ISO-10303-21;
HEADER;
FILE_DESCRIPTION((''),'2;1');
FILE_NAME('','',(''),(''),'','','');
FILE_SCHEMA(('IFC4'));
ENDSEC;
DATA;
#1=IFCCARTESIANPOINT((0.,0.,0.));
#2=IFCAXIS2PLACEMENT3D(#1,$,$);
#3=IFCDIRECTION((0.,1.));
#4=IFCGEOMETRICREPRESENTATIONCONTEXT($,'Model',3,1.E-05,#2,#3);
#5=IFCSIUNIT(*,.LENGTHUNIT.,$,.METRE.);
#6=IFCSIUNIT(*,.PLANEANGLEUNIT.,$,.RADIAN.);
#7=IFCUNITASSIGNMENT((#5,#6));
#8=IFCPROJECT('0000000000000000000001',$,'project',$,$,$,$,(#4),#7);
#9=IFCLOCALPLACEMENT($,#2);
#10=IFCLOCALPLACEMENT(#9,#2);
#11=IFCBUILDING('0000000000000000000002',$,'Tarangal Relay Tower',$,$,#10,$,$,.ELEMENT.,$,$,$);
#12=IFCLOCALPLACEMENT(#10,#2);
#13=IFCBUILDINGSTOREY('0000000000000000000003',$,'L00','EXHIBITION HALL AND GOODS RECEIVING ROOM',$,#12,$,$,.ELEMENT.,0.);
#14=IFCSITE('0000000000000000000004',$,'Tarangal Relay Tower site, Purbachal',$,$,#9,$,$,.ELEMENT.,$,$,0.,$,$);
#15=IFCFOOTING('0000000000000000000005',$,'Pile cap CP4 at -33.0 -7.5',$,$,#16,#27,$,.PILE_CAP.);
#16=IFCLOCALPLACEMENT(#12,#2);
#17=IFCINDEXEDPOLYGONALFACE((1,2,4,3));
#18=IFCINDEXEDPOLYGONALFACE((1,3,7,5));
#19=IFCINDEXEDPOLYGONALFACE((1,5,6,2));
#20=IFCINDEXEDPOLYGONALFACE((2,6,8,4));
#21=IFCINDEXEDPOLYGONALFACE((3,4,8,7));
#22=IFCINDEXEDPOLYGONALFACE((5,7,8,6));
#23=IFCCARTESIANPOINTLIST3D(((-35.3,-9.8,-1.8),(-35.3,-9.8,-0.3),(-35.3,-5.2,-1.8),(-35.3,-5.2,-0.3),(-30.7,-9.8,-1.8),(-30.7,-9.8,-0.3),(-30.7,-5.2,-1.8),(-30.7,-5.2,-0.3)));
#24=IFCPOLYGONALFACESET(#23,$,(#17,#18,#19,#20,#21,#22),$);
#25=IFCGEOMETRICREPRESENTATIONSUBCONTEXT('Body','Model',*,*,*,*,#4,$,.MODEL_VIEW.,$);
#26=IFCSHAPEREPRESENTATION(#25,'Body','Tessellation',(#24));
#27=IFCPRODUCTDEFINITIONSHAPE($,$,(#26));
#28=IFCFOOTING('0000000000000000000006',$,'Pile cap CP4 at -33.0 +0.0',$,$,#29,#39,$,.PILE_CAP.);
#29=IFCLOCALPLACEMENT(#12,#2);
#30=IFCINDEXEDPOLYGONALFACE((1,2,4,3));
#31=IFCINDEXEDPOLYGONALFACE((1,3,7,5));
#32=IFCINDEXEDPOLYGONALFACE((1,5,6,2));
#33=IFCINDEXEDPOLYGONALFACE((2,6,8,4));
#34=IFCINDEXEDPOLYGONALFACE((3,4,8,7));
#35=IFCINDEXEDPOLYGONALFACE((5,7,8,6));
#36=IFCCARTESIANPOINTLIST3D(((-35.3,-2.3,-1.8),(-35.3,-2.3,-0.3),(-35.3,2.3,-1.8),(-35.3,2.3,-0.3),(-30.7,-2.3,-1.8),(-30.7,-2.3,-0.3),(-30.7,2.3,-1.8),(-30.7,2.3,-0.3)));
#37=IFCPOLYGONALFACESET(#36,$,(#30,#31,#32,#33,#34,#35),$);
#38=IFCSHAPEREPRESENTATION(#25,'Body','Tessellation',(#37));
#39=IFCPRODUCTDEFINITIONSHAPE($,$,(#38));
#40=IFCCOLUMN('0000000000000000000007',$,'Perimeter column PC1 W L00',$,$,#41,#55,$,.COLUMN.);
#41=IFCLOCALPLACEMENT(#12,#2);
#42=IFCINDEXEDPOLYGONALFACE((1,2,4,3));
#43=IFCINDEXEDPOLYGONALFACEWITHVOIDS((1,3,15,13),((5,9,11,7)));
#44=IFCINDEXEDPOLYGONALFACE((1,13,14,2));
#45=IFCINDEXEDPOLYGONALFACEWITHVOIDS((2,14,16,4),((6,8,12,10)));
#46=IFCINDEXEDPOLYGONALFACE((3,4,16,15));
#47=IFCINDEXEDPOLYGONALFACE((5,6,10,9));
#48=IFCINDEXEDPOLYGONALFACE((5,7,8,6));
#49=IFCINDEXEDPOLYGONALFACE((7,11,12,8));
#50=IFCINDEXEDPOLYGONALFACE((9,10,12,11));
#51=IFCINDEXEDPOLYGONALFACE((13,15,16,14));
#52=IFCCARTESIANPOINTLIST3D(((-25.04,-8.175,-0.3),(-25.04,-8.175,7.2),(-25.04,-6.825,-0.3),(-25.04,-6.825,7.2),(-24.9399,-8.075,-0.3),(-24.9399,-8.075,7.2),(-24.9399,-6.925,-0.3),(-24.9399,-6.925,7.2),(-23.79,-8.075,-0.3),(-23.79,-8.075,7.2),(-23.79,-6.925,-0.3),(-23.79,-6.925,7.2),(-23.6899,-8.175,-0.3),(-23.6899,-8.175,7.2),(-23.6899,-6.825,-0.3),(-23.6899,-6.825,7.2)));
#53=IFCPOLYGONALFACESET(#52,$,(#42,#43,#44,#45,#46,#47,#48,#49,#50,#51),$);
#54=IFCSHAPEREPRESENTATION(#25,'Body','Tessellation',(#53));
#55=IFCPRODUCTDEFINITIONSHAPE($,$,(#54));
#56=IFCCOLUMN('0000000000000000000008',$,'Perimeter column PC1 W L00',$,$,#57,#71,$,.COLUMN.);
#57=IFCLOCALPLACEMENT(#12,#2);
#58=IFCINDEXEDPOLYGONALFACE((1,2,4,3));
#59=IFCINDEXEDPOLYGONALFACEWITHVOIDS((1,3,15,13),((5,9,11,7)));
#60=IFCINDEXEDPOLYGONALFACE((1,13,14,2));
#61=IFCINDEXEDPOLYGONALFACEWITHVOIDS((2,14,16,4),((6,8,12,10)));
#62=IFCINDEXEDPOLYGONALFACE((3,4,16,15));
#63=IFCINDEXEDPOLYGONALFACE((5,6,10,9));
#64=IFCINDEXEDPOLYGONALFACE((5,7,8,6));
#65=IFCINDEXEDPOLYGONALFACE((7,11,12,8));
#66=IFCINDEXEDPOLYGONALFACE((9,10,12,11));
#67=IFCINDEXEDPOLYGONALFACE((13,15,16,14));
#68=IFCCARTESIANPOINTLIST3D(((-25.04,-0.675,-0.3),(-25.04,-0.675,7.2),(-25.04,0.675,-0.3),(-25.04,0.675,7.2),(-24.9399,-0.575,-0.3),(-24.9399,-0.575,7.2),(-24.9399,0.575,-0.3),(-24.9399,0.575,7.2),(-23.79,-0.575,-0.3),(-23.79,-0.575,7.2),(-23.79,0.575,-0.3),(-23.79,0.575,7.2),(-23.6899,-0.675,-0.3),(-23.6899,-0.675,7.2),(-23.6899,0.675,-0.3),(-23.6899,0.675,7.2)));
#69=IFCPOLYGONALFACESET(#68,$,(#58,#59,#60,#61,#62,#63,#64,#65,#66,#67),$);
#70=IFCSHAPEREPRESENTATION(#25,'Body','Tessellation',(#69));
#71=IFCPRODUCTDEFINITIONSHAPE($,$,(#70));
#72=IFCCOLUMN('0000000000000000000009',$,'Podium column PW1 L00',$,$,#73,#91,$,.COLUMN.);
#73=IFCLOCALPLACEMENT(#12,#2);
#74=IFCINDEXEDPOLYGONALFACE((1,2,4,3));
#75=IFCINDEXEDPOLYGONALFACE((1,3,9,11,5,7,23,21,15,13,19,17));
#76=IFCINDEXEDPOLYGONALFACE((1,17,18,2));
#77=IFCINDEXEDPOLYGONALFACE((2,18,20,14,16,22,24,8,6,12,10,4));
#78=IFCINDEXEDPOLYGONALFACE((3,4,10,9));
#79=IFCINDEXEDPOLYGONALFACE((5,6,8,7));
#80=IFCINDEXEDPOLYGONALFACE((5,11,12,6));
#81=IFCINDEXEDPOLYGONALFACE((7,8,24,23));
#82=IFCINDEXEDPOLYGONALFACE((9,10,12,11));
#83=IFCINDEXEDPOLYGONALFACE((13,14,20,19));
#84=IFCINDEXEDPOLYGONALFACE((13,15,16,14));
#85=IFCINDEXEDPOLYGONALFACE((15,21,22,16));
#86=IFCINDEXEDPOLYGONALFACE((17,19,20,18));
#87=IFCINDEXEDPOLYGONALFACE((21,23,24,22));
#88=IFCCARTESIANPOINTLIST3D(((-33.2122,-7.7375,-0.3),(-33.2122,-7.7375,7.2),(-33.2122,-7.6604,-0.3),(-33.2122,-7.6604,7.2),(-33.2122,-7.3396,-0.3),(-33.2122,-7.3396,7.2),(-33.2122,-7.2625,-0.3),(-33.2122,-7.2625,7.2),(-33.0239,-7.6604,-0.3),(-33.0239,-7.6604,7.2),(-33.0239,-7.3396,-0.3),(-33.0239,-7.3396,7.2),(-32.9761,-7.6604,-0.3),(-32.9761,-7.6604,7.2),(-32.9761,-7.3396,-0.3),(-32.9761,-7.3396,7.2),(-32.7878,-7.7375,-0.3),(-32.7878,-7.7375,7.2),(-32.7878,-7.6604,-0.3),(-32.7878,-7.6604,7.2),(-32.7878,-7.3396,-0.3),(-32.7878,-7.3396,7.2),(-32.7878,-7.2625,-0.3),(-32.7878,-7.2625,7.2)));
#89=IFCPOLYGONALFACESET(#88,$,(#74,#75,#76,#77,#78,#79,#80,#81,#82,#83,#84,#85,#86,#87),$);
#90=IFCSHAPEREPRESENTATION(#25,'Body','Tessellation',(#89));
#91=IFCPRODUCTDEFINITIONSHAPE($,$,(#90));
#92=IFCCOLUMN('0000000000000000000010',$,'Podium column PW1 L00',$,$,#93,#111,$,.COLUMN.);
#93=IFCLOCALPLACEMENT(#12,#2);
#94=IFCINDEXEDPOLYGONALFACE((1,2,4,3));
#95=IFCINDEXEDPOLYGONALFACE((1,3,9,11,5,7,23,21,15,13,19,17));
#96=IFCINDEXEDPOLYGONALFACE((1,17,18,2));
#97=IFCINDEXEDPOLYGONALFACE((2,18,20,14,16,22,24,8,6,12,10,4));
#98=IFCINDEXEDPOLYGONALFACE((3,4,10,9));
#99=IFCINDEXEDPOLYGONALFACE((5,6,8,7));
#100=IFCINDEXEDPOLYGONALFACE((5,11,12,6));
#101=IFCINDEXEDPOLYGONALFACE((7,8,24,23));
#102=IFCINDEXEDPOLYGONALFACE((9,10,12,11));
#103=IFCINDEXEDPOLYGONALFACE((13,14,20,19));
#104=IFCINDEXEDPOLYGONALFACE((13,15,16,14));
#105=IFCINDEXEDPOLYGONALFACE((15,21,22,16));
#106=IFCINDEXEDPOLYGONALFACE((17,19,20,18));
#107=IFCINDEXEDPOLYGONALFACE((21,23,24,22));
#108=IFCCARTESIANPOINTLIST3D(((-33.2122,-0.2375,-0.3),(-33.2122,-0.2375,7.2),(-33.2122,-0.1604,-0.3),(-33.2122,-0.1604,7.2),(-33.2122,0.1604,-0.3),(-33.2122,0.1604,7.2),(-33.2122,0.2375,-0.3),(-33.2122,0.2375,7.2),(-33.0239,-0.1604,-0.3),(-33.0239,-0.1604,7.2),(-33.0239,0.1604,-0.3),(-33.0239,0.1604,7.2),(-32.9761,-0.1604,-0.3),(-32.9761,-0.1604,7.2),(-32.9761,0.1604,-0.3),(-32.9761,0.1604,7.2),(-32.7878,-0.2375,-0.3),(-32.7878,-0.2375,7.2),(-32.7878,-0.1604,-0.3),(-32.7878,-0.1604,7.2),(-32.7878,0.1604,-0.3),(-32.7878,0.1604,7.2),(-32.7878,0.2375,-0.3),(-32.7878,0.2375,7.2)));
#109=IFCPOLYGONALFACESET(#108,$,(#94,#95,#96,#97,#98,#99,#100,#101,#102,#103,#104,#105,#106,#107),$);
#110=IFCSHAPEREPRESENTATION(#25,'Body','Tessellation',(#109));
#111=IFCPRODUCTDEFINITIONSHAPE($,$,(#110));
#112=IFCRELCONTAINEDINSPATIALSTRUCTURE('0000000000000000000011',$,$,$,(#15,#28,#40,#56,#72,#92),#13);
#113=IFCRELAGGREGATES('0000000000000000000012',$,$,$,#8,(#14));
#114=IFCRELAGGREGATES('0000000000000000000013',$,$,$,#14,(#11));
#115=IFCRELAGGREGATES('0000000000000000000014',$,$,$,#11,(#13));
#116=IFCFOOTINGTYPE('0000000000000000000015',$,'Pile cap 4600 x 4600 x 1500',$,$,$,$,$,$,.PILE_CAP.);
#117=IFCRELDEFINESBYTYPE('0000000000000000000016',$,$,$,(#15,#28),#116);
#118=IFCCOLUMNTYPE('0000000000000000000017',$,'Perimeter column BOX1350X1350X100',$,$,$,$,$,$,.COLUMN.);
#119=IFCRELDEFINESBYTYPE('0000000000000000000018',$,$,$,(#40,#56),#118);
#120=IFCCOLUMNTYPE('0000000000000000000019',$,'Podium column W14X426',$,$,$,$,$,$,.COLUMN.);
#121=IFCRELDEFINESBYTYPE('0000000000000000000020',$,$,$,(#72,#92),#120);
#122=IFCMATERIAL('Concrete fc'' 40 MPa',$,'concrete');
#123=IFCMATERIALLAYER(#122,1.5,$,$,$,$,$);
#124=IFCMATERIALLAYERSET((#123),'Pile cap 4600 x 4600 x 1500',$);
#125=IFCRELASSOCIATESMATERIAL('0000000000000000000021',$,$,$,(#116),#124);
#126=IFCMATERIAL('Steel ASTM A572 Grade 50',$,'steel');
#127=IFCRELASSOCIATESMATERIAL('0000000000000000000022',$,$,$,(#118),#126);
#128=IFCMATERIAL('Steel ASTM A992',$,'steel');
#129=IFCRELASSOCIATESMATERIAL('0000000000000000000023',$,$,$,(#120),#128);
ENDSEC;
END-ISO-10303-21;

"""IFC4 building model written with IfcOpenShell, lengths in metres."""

from ifc_helpers import new_model, si_unit, direction, frame, origin, origin_2d, place, context, subcontext, project, spatial, rectangle, hollow_rectangle, i_section, extrude, material, layer, layer_set, material_profile, profile_set, type_object, element, save


model = new_model("IFC4")

# Units and contexts
model_context = context("Model", 3, precision=1e-05, world=origin(), true_north=direction((0.0, 1.0)))
body_context = subcontext(model_context, "Body", "Model", "MODEL_VIEW")
ifc_project = project(units=[si_unit("LENGTHUNIT", "METRE"), si_unit("PLANEANGLEUNIT", "RADIAN")], contexts=[model_context])

# Site, building, storey
site_placement = place(None, origin())
site = spatial("IfcSite", under=ifc_project, at=site_placement, Name="Tarangal Relay Tower site, Purbachal", CompositionType="ELEMENT", RefElevation=0.0)
building_placement = place(site_placement, origin())
building = spatial("IfcBuilding", under=site, at=building_placement, Name="Tarangal Relay Tower", CompositionType="ELEMENT")
storey_placement = place(building_placement, origin())
storey = spatial("IfcBuildingStorey", under=building, at=storey_placement, Name="L00", Description="EXHIBITION HALL AND GOODS RECEIVING ROOM", CompositionType="ELEMENT", Elevation=0.0)

# Shared definitions
ifc_material_1 = material(Name="Concrete fc' 40 MPa", Category="concrete")

# Footings
ifc_layer = layer(ifc_material_1, 1.5)
ifc_layer_set = layer_set([ifc_layer], Name="Pile cap 4600 x 4600 x 1500")
footing_type_1 = type_object("IfcFootingType", Name="Pile cap 4600 x 4600 x 1500", PredefinedType="PILE_CAP", material=ifc_layer_set)
for number, where, z_axis, x_axis, name in (
    (1, (-33.0, -7.5, -1.8), (0.0, 0.0, 1.0), (1.0, 0.0, 0.0), "Pile cap CP4 at -33.0 -7.5"),
    (2, (-33.0, 0.0, -1.8), (0.0, 0.0, 1.0), (1.0, 0.0, 0.0), "Pile cap CP4 at -33.0 +0.0"),
):
    element("IfcFooting", number, at=place(storey_placement, frame(where, z_axis=z_axis, x_axis=x_axis)), inside=storey, type_object=footing_type_1, Name=name, PredefinedType="PILE_CAP", context=body_context, shape_type="SweptSolid", body=[
        extrude(rectangle(XDim=4.6001, YDim=4.6001, at=origin_2d()), origin(), (0.0, 0.0, 1.0), 1.5),
    ])

# Columns
ifc_material_2 = material(Name="Steel ASTM A572 Grade 50", Category="steel")
ifc_material_profile_1 = material_profile(ifc_material_2, hollow_rectangle(XDim=1.3501, YDim=1.3501, WallThickness=0.1001, at=origin_2d()), Name="BOX1350X1350X100")
ifc_profile_set_1 = profile_set([ifc_material_profile_1], Name="Steel ASTM A572 Grade 50")
column_type_1 = type_object("IfcColumnType", Name="Perimeter column BOX1350X1350X100", PredefinedType="COLUMN", material=ifc_profile_set_1)
for number, where, z_axis, x_axis, name in (
    (3, (-24.365, -7.5, -0.3), (0.0, 0.0, 1.0), (1.0, 0.0, 0.0), "Perimeter column PC1 W L00"),
    (4, (-24.365, 0.0, -0.3), (0.0, 0.0, 1.0), (1.0, 0.0, 0.0), "Perimeter column PC1 W L00"),
):
    element("IfcColumn", number, at=place(storey_placement, frame(where, z_axis=z_axis, x_axis=x_axis)), inside=storey, type_object=column_type_1, Name=name, PredefinedType="COLUMN", context=body_context, shape_type="SweptSolid", body=[
        extrude(hollow_rectangle(XDim=1.3501, YDim=1.3501, WallThickness=0.1001, at=origin_2d()), origin(), (0.0, 0.0, 1.0), 7.5),
    ])
ifc_material_3 = material(Name="Steel ASTM A992", Category="steel")
ifc_material_profile_2 = material_profile(ifc_material_3, i_section(OverallWidth=0.4243, OverallDepth=0.4751, WebThickness=0.0479, FlangeThickness=0.0771, at=origin_2d()), Name="W14X426")
ifc_profile_set_2 = profile_set([ifc_material_profile_2], Name="Steel ASTM A992")
column_type_2 = type_object("IfcColumnType", Name="Podium column W14X426", PredefinedType="COLUMN", material=ifc_profile_set_2)
for number, where, z_axis, x_axis, name in (
    (5, (-33.0, -7.5, -0.3), (0.0, 0.0, 1.0), (1.0, 0.0, 0.0), "Podium column PW1 L00"),
    (6, (-33.0, 0.0, -0.3), (0.0, 0.0, 1.0), (1.0, 0.0, 0.0), "Podium column PW1 L00"),
):
    element("IfcColumn", number, at=place(storey_placement, frame(where, z_axis=z_axis, x_axis=x_axis)), inside=storey, type_object=column_type_2, Name=name, PredefinedType="COLUMN", context=body_context, shape_type="SweptSolid", body=[
        extrude(i_section(OverallWidth=0.4243, OverallDepth=0.4751, WebThickness=0.0479, FlangeThickness=0.0771, at=origin_2d()), origin(), (0.0, 0.0, 1.0), 7.5),
    ])

save(model, "model.ifc")
